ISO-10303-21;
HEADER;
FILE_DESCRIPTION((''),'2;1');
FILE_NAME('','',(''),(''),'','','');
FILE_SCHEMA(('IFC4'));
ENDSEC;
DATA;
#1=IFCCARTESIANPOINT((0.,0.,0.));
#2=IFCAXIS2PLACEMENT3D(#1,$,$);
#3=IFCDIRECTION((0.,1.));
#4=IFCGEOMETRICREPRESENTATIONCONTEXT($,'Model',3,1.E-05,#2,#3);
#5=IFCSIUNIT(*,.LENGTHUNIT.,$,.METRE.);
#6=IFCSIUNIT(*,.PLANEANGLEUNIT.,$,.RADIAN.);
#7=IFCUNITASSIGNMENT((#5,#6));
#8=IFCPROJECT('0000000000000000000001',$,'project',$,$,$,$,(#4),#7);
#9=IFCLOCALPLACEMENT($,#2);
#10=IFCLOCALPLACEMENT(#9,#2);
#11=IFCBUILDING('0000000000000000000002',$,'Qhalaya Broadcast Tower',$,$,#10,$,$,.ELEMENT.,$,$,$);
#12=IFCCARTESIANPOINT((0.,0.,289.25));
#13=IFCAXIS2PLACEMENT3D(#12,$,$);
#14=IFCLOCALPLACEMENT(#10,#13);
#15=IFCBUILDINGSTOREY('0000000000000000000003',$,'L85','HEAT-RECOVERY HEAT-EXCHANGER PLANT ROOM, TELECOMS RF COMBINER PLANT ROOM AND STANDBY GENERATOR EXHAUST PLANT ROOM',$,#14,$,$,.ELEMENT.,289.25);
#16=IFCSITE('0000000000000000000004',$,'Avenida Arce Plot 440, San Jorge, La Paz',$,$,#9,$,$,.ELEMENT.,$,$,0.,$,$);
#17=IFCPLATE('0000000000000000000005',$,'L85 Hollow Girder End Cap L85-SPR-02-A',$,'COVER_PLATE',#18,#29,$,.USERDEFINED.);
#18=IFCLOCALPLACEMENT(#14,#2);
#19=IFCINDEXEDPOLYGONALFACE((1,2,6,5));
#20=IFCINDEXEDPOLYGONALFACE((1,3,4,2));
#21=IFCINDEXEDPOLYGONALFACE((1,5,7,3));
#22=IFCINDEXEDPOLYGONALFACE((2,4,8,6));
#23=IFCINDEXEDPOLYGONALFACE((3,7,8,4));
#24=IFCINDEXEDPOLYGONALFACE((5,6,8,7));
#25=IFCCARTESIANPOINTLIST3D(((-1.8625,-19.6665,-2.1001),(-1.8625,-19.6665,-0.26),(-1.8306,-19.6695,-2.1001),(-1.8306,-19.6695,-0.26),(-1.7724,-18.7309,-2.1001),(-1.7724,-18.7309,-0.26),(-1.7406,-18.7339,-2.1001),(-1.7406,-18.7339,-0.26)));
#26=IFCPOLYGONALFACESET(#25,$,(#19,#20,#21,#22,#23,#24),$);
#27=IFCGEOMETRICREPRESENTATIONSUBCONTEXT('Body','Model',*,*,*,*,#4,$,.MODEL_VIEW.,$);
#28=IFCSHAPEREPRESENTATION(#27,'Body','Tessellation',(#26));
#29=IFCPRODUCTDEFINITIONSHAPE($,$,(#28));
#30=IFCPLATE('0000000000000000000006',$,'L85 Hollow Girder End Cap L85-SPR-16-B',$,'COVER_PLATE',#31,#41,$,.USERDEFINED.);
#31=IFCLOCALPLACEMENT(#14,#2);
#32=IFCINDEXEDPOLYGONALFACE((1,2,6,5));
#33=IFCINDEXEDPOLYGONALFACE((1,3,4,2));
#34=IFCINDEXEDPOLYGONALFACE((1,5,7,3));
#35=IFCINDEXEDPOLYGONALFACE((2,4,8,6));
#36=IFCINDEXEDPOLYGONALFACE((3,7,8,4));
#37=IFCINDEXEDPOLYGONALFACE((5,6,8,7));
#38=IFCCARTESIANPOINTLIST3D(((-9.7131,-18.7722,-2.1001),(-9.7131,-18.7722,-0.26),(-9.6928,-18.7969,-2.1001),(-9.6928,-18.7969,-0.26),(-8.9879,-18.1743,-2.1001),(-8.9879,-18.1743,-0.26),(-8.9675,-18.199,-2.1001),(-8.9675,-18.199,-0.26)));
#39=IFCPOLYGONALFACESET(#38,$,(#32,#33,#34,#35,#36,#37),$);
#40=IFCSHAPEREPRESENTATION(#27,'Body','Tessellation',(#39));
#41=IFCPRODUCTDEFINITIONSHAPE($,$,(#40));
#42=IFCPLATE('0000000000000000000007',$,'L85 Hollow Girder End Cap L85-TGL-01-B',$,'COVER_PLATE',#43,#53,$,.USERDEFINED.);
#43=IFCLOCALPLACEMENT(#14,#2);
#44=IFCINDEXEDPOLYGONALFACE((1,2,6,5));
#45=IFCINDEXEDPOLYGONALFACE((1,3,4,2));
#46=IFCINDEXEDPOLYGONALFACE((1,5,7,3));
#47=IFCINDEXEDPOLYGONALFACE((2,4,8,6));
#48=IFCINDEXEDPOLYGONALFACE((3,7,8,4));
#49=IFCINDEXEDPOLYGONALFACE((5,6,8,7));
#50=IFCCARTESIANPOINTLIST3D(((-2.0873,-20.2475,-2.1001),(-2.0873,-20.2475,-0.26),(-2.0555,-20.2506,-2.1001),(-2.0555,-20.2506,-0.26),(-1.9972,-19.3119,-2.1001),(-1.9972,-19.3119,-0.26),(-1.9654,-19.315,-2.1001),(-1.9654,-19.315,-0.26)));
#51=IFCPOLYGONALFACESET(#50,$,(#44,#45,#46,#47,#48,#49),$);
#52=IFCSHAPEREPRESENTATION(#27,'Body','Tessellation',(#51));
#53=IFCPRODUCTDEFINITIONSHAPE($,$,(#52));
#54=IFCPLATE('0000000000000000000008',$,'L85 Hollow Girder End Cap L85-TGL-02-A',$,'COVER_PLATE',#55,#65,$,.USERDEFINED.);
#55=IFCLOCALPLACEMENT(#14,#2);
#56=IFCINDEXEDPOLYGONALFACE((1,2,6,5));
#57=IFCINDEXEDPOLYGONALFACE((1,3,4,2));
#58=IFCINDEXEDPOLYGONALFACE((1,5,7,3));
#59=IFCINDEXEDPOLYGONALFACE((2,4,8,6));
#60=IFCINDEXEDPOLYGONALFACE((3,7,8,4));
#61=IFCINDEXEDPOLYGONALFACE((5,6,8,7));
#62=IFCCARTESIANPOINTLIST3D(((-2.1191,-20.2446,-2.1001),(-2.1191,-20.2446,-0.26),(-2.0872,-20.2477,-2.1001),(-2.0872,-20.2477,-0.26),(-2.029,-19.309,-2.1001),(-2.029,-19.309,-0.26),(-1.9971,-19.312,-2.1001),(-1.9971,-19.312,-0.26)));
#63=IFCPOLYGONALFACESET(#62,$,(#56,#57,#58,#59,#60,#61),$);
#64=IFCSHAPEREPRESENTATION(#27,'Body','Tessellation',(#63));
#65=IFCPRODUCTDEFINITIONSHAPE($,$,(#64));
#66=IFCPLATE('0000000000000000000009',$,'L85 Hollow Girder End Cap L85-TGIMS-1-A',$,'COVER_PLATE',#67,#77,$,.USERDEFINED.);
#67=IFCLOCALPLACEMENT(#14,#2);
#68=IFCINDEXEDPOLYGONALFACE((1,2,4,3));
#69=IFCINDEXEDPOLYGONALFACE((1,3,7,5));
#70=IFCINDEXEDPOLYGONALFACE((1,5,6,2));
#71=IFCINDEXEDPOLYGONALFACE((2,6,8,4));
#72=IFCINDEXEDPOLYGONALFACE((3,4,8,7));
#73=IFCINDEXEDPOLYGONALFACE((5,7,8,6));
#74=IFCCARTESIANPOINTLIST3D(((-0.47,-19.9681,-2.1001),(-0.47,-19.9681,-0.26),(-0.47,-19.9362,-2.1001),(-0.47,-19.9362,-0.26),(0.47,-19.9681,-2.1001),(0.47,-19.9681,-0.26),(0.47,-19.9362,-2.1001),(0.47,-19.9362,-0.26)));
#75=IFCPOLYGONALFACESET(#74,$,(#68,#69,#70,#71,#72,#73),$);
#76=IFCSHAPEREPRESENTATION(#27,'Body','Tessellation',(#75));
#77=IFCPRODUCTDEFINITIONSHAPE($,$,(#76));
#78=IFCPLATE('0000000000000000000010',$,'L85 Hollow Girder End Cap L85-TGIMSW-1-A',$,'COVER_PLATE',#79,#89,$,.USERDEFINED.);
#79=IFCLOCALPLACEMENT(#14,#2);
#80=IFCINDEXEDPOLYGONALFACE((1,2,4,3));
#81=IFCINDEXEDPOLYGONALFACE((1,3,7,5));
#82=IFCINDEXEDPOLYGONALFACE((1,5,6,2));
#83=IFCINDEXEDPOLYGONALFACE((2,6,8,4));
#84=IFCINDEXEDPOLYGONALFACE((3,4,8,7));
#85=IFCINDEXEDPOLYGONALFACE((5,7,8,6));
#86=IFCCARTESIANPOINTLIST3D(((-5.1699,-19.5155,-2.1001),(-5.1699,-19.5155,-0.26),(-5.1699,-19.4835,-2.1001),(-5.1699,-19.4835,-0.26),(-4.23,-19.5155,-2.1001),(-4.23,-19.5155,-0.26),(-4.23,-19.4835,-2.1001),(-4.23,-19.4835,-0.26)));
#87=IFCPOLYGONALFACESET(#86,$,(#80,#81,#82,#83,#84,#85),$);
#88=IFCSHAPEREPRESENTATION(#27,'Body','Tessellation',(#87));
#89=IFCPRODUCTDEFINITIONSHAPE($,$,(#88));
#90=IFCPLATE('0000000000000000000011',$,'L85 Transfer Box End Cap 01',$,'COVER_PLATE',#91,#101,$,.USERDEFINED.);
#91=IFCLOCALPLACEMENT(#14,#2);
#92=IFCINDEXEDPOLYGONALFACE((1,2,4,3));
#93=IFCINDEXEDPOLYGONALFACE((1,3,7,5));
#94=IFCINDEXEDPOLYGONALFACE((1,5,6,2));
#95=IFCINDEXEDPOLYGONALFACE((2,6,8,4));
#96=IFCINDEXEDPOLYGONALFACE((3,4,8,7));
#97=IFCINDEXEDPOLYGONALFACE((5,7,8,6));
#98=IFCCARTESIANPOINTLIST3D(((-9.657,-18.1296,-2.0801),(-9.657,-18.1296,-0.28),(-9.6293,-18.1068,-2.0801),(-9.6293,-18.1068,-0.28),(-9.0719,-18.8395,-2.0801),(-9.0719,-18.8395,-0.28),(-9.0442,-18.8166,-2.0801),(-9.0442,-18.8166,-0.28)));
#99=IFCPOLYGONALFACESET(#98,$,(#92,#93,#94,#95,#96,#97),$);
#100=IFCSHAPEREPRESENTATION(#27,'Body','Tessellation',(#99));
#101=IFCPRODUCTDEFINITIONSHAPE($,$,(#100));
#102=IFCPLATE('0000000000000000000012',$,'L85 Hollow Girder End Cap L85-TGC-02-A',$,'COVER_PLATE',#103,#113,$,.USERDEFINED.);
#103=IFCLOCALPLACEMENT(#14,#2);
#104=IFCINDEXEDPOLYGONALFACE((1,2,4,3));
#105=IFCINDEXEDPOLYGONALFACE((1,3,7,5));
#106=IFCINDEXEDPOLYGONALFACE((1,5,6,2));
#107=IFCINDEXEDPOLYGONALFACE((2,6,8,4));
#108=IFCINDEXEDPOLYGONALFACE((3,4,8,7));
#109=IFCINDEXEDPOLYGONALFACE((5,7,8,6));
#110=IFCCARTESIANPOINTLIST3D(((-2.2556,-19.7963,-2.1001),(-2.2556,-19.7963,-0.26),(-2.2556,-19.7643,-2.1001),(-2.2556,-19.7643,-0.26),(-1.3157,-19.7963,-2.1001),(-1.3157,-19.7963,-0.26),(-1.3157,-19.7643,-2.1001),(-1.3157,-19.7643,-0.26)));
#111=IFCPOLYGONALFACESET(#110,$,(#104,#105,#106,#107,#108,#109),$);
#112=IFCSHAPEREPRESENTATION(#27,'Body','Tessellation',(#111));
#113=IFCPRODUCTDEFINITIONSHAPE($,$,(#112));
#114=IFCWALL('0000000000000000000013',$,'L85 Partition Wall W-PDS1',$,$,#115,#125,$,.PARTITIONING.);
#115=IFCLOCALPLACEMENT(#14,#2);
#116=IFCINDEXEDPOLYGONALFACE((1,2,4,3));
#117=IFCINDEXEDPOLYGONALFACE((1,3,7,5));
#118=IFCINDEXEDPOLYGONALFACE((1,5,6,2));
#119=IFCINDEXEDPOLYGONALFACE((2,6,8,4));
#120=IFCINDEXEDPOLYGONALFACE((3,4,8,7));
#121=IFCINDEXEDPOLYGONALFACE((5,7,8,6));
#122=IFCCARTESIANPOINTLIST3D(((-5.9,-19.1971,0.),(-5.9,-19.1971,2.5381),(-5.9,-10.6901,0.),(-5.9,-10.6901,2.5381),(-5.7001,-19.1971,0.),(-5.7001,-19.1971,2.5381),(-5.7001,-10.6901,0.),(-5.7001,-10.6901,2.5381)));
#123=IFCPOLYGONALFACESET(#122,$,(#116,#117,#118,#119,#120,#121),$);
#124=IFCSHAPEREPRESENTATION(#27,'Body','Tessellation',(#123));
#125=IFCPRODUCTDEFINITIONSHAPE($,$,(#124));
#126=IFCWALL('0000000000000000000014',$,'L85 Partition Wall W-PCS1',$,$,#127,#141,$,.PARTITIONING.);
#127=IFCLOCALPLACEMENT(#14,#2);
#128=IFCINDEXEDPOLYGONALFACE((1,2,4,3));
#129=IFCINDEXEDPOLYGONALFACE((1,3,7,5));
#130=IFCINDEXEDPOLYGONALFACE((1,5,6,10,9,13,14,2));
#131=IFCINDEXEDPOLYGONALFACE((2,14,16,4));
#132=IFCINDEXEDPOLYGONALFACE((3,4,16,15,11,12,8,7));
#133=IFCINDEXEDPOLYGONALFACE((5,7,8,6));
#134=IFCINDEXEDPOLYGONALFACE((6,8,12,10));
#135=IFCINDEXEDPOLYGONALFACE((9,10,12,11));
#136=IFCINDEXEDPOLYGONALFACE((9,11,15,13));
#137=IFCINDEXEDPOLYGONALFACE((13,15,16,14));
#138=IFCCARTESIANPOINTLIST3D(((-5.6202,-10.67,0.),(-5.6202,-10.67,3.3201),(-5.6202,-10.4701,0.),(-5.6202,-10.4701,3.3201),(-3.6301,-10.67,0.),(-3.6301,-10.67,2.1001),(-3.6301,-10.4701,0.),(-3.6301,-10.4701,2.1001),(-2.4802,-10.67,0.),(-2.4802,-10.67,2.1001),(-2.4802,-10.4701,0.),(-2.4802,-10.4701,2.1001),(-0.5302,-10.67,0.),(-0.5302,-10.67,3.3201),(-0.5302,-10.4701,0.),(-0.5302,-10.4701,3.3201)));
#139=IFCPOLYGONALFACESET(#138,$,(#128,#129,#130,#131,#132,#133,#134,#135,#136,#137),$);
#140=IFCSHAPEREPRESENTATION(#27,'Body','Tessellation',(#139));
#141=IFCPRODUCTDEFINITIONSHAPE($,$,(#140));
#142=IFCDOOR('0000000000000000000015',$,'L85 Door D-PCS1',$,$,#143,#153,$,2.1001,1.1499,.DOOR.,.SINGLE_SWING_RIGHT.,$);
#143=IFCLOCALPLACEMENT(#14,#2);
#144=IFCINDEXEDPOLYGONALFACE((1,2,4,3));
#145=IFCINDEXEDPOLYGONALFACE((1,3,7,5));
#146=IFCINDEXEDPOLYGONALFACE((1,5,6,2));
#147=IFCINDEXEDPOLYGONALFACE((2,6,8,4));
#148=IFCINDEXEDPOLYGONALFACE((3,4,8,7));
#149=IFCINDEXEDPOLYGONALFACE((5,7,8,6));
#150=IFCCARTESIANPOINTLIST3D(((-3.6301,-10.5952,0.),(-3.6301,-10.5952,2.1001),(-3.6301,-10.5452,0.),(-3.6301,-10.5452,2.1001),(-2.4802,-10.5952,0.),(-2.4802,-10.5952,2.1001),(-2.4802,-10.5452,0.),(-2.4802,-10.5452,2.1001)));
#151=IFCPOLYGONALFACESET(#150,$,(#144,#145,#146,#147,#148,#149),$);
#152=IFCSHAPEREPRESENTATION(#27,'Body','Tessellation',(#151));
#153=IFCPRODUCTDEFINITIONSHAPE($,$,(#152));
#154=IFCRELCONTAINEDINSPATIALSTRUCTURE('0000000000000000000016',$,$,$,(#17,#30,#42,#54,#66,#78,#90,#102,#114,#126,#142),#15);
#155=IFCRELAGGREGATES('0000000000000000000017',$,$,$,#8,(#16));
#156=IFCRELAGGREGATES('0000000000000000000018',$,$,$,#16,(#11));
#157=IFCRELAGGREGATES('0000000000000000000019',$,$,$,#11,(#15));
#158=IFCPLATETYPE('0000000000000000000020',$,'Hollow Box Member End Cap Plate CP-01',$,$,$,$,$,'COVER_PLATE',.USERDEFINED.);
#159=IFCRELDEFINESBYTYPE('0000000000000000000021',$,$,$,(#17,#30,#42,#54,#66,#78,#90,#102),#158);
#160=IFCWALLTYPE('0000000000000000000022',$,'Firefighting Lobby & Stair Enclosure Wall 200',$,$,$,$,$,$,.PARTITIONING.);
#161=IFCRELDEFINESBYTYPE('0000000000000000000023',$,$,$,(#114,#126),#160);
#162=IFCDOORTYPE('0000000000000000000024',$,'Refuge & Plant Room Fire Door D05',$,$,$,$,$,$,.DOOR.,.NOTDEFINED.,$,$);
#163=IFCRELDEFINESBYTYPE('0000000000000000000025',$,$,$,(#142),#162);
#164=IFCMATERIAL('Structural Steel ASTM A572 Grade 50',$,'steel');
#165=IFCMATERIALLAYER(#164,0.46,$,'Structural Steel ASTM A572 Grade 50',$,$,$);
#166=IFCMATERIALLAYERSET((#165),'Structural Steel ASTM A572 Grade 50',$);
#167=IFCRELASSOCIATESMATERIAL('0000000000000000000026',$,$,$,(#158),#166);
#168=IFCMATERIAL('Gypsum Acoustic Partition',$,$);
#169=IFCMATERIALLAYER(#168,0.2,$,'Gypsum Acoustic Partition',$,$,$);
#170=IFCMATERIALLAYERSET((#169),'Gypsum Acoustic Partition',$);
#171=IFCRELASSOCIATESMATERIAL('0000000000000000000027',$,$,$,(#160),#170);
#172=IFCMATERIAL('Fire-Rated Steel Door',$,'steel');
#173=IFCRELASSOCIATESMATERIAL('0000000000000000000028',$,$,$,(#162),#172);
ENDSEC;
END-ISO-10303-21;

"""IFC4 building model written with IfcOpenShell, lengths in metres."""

from ifc_helpers import new_model, si_unit, direction, frame, frame_2d, origin, origin_2d, place, context, subcontext, project, spatial, rectangle, extrude, material, layer, layer_set, type_object, element, fill, save


model = new_model("IFC4")

# Units and contexts
model_context = context("Model", 3, precision=1e-05, world=origin(), true_north=direction((0.0, 1.0)))
body_context = subcontext(model_context, "Body", "Model", "MODEL_VIEW")
ifc_project = project(units=[si_unit("LENGTHUNIT", "METRE"), si_unit("PLANEANGLEUNIT", "RADIAN")], contexts=[model_context])

# Site, building, storey
site_placement = place(None, origin())
site = spatial("IfcSite", under=ifc_project, at=site_placement, Name="Avenida Arce Plot 440, San Jorge, La Paz", CompositionType="ELEMENT", RefElevation=0.0)
building_placement = place(site_placement, origin())
building = spatial("IfcBuilding", under=site, at=building_placement, Name="Qhalaya Broadcast Tower", CompositionType="ELEMENT")
storey_placement = place(building_placement, frame((0.0, 0.0, 289.25)))
storey = spatial("IfcBuildingStorey", under=building, at=storey_placement, Name="L85", Description="HEAT-RECOVERY HEAT-EXCHANGER PLANT ROOM, TELECOMS RF COMBINER PLANT ROOM AND STANDBY GENERATOR EXHAUST PLANT ROOM", CompositionType="ELEMENT", Elevation=289.25)

# Shared definitions
ifc_material_1 = material(Name="Structural Steel ASTM A572 Grade 50", Category="steel")

# Plates
ifc_layer_1 = layer(ifc_material_1, 0.46, Name="Structural Steel ASTM A572 Grade 50")
ifc_layer_set_1 = layer_set([ifc_layer_1], Name="Structural Steel ASTM A572 Grade 50")
plate_type = type_object("IfcPlateType", Name="Hollow Box Member End Cap Plate CP-01", ElementType="COVER_PLATE", PredefinedType="USERDEFINED", material=ifc_layer_set_1)
for number, where, z_axis, x_axis, name in (
    (1, (-1.8015, -19.2002, -2.1001), (0.0, 0.0, 1.0), (0.095846, 0.995396, 0.0), "L85 Hollow Girder End Cap L85-SPR-02-A"),
    (2, (-9.3403, -18.4856, -2.1001), (0.0, 0.0, 1.0), (0.771625, 0.636078, 0.0), "L85 Hollow Girder End Cap L85-SPR-16-B"),
    (3, (-2.0264, -19.7812, -2.1001), (0.0, 0.0, 1.0), (0.095846, 0.995396, 0.0), "L85 Hollow Girder End Cap L85-TGL-01-B"),
    (4, (-2.0581, -19.7783, -2.1001), (0.0, 0.0, 1.0), (0.095846, 0.995396, 0.0), "L85 Hollow Girder End Cap L85-TGL-02-A"),
    (5, (0.0, -19.9521, -2.1001), (0.0, 0.0, 1.0), (-1.0, 0.0, 0.0), "L85 Hollow Girder End Cap L85-TGIMS-1-A"),
    (6, (-4.7, -19.4995, -2.1001), (0.0, 0.0, 1.0), (-1.0, 0.0, 0.0), "L85 Hollow Girder End Cap L85-TGIMSW-1-A"),
):
    element("IfcPlate", number, at=place(storey_placement, frame(where, z_axis=z_axis, x_axis=x_axis)), inside=storey, type_object=plate_type, Name=name, ObjectType="COVER_PLATE", PredefinedType="USERDEFINED", context=body_context, shape_type="SweptSolid", body=[
        extrude(rectangle(XDim=0.9399, YDim=0.032, at=origin_2d()), origin(), (0.0, 0.0, 1.0), 1.8401),
    ])
plate_1_placement = place(storey_placement, frame((-9.3506, -18.4731, -2.0801), z_axis=(0.0, 0.0, 1.0), x_axis=(-0.636092, 0.771613, 0.0)))
element("IfcPlate", 7, at=plate_1_placement, inside=storey, type_object=plate_type, Name="L85 Transfer Box End Cap 01", ObjectType="COVER_PLATE", PredefinedType="USERDEFINED", context=body_context, shape_type="SweptSolid", body=[
    extrude(rectangle(XDim=0.9199, YDim=0.0359, at=origin_2d()), origin(), (0.0, 0.0, 1.0), 1.8),
])
plate_2_placement = place(storey_placement, frame((-1.7856, -19.7803, -2.1001), z_axis=(0.0, 0.0, 1.0), x_axis=(-1.0, 0.0, 0.0)))
element("IfcPlate", 8, at=plate_2_placement, inside=storey, type_object=plate_type, Name="L85 Hollow Girder End Cap L85-TGC-02-A", ObjectType="COVER_PLATE", PredefinedType="USERDEFINED", context=body_context, shape_type="SweptSolid", body=[
    extrude(rectangle(XDim=0.9399, YDim=0.032, at=origin_2d()), origin(), (0.0, 0.0, 1.0), 1.8401),
])

# Wall
ifc_material_2 = material(Name="Gypsum Acoustic Partition")
ifc_layer_2 = layer(ifc_material_2, 0.2, Name="Gypsum Acoustic Partition")
ifc_layer_set_2 = layer_set([ifc_layer_2], Name="Gypsum Acoustic Partition")
wall_type = type_object("IfcWallType", Name="Firefighting Lobby & Stair Enclosure Wall 200", PredefinedType="PARTITIONING", material=ifc_layer_set_2)
wall_1_placement = place(storey_placement, frame((-5.8, -19.197, 0.0), z_axis=(0.0, 0.0, 1.0), x_axis=(0.0, 1.0, 0.0)))
element("IfcWall", 9, at=wall_1_placement, inside=storey, type_object=wall_type, Name="L85 Partition Wall W-PDS1", PredefinedType="PARTITIONING", context=body_context, shape_type="SweptSolid", body=[
    extrude(rectangle(XDim=8.5071, YDim=0.2, at=frame_2d((4.2534, 0.0))), origin(), (0.0, 0.0, 1.0), 2.5381),
])

# Wall, opening, door
wall_2_placement = place(storey_placement, frame((-5.6201, -10.5701, 0.0), z_axis=(0.0, 0.0, 1.0), x_axis=(1.0, 0.0, 0.0)))
wall_2 = element("IfcWall", 10, at=wall_2_placement, inside=storey, type_object=wall_type, Name="L85 Partition Wall W-PCS1", PredefinedType="PARTITIONING", context=body_context, shape_type="SweptSolid", body=[
    extrude(rectangle(XDim=5.0901, YDim=0.2, at=frame_2d((2.5449, 0.0))), origin(), (0.0, 0.0, 1.0), 3.3201),
])
opening_placement = place(wall_2_placement, frame((1.99, 0.0, 0.0)))
opening = element("IfcOpeningElement", 11, at=opening_placement, cuts=wall_2, PredefinedType="OPENING", context=body_context, shape_type="SweptSolid", body=[
    extrude(rectangle(XDim=1.1499, YDim=2.1001, at=frame_2d((0.575, 1.05))), frame((0.0, 0.1121, 0.0), z_axis=(0.0, -1.0, 0.0), x_axis=(1.0, 0.0, 0.0)), (0.0, 0.0, 1.0), 0.2239),
])
ifc_material_3 = material(Name="Fire-Rated Steel Door", Category="steel")
door_type = type_object("IfcDoorType", Name="Refuge & Plant Room Fire Door D05", OperationType="NOTDEFINED", PredefinedType="DOOR", material=ifc_material_3)
door_placement = place(opening_placement, origin())
door = element("IfcDoor", 12, at=door_placement, inside=storey, type_object=door_type, Name="L85 Door D-PCS1", OperationType="SINGLE_SWING_RIGHT", OverallHeight=2.1001, OverallWidth=1.1499, PredefinedType="DOOR", context=body_context, shape_type="SweptSolid", body=[
    extrude(rectangle(XDim=1.1499, YDim=2.1001, at=frame_2d((0.575, 1.05))), frame((0.0, 0.0249, 0.0), z_axis=(0.0, -1.0, 0.0), x_axis=(1.0, 0.0, 0.0)), (0.0, 0.0, 1.0), 0.05),
])
fill(opening, door)

save(model, "model.ifc")
